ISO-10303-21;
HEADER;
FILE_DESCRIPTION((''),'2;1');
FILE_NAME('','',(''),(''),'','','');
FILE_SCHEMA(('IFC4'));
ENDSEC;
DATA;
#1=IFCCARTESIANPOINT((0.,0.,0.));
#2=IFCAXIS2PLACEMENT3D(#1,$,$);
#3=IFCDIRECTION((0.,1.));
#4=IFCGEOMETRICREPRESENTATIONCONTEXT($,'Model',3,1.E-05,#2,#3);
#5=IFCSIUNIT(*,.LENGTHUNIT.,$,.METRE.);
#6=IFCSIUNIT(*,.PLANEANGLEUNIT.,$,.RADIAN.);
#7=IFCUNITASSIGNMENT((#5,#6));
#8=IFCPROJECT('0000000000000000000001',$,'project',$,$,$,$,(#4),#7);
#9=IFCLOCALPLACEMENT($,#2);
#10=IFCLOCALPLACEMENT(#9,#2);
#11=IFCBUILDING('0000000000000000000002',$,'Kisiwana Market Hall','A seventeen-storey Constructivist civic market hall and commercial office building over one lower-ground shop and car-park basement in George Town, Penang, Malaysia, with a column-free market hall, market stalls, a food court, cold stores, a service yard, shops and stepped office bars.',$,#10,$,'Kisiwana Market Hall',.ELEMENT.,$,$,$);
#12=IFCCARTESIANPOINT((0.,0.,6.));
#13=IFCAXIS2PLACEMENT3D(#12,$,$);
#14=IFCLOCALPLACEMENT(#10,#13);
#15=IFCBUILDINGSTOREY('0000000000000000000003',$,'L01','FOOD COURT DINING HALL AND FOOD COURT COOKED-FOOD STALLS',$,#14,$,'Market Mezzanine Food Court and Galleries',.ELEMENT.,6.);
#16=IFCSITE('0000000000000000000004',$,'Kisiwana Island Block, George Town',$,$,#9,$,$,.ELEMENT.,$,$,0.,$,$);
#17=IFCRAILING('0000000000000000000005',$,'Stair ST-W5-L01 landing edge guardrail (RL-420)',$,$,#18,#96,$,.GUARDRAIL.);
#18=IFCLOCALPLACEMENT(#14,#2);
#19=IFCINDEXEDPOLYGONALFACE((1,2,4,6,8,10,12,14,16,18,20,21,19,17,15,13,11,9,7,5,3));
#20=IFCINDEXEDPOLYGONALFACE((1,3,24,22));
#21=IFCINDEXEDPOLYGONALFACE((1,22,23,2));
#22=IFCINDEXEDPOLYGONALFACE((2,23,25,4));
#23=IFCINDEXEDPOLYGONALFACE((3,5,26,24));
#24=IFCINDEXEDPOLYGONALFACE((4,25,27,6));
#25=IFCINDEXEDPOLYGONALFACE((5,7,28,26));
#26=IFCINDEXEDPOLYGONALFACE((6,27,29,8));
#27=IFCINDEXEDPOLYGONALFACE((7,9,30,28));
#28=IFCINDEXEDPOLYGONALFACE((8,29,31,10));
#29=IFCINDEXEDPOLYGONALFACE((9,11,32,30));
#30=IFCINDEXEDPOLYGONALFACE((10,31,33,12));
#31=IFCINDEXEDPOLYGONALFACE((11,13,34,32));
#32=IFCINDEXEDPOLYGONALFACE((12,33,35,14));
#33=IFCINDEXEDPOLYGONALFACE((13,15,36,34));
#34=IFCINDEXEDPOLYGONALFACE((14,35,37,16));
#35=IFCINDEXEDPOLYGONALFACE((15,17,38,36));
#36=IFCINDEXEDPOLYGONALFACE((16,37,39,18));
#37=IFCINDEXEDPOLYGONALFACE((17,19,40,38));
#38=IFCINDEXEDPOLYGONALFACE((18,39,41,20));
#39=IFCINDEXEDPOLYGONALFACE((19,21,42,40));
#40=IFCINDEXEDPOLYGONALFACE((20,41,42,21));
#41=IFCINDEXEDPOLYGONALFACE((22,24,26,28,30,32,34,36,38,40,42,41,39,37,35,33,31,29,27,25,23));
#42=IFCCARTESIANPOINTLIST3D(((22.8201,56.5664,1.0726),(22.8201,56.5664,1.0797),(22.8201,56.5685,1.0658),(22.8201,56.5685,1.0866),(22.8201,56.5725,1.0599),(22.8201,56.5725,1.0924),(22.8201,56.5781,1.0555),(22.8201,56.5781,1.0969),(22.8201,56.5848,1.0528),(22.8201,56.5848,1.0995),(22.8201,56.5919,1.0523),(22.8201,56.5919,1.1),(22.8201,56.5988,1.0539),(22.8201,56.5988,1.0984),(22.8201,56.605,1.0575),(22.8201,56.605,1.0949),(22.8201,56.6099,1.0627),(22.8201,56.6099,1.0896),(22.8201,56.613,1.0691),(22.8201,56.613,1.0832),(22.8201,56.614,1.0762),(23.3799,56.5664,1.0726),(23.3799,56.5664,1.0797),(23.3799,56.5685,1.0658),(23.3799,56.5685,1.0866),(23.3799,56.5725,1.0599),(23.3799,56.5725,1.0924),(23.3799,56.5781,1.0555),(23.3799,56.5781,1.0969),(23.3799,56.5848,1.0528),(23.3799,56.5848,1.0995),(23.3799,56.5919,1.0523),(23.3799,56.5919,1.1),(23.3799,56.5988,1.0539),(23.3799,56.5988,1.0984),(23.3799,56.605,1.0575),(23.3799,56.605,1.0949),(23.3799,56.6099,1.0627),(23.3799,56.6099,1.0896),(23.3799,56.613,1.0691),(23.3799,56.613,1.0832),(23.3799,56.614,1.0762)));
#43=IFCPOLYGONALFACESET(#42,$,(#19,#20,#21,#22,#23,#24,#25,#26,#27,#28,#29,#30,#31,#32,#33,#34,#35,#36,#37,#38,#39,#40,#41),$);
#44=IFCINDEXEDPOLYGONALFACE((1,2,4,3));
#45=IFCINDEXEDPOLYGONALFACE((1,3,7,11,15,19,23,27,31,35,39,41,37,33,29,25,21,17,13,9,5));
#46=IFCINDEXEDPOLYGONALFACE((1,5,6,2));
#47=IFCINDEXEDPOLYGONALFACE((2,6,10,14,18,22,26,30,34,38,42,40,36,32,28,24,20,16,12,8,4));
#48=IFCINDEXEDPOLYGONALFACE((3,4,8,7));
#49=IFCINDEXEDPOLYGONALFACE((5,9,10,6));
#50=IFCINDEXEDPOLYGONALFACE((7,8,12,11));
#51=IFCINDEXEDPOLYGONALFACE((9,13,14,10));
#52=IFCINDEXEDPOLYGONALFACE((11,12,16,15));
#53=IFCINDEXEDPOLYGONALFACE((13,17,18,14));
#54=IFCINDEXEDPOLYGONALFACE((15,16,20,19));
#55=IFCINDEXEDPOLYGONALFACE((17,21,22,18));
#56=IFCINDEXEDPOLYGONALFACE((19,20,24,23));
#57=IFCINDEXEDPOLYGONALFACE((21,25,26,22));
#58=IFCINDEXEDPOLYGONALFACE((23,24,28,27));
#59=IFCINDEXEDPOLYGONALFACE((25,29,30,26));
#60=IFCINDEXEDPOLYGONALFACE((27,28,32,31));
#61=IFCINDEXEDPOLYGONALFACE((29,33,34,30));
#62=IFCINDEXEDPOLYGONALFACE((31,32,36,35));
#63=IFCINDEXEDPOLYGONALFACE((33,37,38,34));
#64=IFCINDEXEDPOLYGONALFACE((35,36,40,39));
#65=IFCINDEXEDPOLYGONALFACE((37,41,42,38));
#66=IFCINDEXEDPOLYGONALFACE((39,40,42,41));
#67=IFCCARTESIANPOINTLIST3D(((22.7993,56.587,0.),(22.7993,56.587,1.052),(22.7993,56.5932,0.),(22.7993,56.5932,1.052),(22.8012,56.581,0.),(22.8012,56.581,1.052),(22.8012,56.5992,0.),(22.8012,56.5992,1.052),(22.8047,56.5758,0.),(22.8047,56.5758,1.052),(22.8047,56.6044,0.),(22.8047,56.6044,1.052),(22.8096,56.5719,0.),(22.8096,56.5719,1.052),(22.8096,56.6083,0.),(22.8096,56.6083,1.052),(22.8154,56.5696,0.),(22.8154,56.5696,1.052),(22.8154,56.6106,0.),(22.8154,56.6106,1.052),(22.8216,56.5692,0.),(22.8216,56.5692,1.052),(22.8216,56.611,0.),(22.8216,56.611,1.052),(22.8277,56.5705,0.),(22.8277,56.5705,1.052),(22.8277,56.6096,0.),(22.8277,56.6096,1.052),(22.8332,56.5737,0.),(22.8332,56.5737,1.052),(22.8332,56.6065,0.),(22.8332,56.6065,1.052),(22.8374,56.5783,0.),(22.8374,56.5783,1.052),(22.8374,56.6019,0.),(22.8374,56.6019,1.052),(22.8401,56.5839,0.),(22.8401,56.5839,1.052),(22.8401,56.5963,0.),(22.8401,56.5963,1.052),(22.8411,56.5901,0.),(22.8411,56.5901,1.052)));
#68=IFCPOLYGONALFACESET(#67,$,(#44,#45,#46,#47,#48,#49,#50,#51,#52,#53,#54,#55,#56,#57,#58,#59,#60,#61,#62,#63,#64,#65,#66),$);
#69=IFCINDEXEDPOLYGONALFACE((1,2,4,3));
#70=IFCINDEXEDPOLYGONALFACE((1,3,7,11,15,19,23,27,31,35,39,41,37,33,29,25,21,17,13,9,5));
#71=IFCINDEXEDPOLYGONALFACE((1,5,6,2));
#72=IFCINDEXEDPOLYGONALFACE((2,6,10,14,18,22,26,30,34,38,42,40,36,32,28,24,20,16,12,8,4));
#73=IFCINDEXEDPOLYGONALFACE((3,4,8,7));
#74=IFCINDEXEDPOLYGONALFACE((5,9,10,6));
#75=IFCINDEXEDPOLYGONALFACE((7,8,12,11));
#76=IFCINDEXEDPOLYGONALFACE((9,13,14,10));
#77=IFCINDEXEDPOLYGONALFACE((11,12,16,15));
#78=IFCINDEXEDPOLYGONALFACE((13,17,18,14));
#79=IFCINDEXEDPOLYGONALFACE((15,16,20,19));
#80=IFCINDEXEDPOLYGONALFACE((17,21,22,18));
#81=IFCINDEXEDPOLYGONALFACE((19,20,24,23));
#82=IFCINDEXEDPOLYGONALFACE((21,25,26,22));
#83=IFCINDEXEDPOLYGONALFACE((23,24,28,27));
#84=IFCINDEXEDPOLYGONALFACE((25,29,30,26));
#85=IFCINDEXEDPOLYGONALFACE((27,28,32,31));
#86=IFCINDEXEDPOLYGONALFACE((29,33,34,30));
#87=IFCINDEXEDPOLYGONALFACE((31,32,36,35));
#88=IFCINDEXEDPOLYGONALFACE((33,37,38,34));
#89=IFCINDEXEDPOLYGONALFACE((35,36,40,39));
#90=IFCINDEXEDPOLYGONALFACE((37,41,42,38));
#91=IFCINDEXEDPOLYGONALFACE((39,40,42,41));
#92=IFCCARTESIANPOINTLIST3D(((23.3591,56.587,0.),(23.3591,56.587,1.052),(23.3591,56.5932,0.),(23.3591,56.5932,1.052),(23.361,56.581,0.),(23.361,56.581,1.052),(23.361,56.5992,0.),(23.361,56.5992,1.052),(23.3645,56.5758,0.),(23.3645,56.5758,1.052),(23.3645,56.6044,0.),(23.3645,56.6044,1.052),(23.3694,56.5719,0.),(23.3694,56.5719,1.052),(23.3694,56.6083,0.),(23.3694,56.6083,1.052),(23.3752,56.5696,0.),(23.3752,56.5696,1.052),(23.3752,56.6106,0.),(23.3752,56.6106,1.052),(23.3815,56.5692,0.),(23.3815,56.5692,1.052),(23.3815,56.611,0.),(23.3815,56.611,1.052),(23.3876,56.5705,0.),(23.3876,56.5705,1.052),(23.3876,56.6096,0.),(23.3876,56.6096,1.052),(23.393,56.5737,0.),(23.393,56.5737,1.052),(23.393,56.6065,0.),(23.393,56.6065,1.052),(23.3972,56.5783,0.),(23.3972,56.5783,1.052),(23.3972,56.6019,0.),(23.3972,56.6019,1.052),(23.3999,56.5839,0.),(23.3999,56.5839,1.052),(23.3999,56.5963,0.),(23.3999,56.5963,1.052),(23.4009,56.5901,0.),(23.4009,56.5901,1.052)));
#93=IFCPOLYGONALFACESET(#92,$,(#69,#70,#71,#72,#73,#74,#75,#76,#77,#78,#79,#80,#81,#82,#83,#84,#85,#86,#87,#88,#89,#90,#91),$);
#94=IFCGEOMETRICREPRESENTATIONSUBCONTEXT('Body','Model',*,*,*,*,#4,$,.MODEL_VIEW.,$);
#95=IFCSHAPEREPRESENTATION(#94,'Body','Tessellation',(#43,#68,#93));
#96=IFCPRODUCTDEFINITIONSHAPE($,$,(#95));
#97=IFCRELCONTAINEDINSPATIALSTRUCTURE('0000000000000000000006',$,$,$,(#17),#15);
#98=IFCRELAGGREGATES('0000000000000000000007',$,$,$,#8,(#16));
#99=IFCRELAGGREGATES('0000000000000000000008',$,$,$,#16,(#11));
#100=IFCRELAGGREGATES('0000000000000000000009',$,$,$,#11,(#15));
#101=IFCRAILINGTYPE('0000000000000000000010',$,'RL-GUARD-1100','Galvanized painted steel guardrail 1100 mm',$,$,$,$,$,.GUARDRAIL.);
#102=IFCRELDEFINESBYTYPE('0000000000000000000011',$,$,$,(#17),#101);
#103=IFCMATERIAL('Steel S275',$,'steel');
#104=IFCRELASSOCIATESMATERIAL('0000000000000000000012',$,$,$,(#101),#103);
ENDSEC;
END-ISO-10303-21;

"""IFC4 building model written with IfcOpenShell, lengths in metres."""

from ifc_helpers import new_model, si_unit, direction, frame, origin, origin_2d, place, context, subcontext, project, spatial, circle, extrude, material, type_object, element, save


model = new_model("IFC4")

# Units and contexts
model_context = context("Model", 3, precision=1e-05, world=origin(), true_north=direction((0.0, 1.0)))
body_context = subcontext(model_context, "Body", "Model", "MODEL_VIEW")
ifc_project = project(units=[si_unit("LENGTHUNIT", "METRE"), si_unit("PLANEANGLEUNIT", "RADIAN")], contexts=[model_context])

# Site, building, storey
site_placement = place(None, origin())
site = spatial("IfcSite", under=ifc_project, at=site_placement, Name="Kisiwana Island Block, George Town", CompositionType="ELEMENT", RefElevation=0.0)
building_placement = place(site_placement, origin())
building = spatial("IfcBuilding", under=site, at=building_placement, Name="Kisiwana Market Hall", Description="A seventeen-storey Constructivist civic market hall and commercial office building over one lower-ground shop and car-park basement in George Town, Penang, Malaysia, with a column-free market hall, market stalls, a food court, cold stores, a service yard, shops and stepped office bars.", LongName="Kisiwana Market Hall", CompositionType="ELEMENT")
storey_placement = place(building_placement, frame((0.0, 0.0, 6.0)))
storey = spatial("IfcBuildingStorey", under=building, at=storey_placement, Name="L01", Description="FOOD COURT DINING HALL AND FOOD COURT COOKED-FOOD STALLS", LongName="Market Mezzanine Food Court and Galleries", CompositionType="ELEMENT", Elevation=6.0)

# Railing
ifc_material_1 = material(Name="Steel S275", Category="steel")
railing_type_1 = type_object("IfcRailingType", Name="RL-GUARD-1100", Description="Galvanized painted steel guardrail 1100 mm", PredefinedType="GUARDRAIL", material=ifc_material_1)
railing_1_placement = place(storey_placement, frame((22.8201, 56.5901, 0.0)))
element("IfcRailing", 1, at=railing_1_placement, inside=storey, type_object=railing_type_1, Name="Stair ST-W5-L01 landing edge guardrail (RL-420)", PredefinedType="GUARDRAIL", context=body_context, shape_type="SweptSolid", body=[
    extrude(circle(Radius=0.0239, at=origin_2d()), frame((0.0, 0.0, 1.0762), z_axis=(1.0, 0.0, 0.0), x_axis=(0.0, 1.0, 0.0)), (0.0, 0.0, 1.0), 0.5598),
    extrude(circle(Radius=0.021, at=origin_2d()), origin(), (0.0, 0.0, 1.0), 1.052),
    extrude(circle(Radius=0.021, at=origin_2d()), frame((0.5598, 0.0, 0.0)), (0.0, 0.0, 1.0), 1.052),
])

save(model, "model.ifc")
